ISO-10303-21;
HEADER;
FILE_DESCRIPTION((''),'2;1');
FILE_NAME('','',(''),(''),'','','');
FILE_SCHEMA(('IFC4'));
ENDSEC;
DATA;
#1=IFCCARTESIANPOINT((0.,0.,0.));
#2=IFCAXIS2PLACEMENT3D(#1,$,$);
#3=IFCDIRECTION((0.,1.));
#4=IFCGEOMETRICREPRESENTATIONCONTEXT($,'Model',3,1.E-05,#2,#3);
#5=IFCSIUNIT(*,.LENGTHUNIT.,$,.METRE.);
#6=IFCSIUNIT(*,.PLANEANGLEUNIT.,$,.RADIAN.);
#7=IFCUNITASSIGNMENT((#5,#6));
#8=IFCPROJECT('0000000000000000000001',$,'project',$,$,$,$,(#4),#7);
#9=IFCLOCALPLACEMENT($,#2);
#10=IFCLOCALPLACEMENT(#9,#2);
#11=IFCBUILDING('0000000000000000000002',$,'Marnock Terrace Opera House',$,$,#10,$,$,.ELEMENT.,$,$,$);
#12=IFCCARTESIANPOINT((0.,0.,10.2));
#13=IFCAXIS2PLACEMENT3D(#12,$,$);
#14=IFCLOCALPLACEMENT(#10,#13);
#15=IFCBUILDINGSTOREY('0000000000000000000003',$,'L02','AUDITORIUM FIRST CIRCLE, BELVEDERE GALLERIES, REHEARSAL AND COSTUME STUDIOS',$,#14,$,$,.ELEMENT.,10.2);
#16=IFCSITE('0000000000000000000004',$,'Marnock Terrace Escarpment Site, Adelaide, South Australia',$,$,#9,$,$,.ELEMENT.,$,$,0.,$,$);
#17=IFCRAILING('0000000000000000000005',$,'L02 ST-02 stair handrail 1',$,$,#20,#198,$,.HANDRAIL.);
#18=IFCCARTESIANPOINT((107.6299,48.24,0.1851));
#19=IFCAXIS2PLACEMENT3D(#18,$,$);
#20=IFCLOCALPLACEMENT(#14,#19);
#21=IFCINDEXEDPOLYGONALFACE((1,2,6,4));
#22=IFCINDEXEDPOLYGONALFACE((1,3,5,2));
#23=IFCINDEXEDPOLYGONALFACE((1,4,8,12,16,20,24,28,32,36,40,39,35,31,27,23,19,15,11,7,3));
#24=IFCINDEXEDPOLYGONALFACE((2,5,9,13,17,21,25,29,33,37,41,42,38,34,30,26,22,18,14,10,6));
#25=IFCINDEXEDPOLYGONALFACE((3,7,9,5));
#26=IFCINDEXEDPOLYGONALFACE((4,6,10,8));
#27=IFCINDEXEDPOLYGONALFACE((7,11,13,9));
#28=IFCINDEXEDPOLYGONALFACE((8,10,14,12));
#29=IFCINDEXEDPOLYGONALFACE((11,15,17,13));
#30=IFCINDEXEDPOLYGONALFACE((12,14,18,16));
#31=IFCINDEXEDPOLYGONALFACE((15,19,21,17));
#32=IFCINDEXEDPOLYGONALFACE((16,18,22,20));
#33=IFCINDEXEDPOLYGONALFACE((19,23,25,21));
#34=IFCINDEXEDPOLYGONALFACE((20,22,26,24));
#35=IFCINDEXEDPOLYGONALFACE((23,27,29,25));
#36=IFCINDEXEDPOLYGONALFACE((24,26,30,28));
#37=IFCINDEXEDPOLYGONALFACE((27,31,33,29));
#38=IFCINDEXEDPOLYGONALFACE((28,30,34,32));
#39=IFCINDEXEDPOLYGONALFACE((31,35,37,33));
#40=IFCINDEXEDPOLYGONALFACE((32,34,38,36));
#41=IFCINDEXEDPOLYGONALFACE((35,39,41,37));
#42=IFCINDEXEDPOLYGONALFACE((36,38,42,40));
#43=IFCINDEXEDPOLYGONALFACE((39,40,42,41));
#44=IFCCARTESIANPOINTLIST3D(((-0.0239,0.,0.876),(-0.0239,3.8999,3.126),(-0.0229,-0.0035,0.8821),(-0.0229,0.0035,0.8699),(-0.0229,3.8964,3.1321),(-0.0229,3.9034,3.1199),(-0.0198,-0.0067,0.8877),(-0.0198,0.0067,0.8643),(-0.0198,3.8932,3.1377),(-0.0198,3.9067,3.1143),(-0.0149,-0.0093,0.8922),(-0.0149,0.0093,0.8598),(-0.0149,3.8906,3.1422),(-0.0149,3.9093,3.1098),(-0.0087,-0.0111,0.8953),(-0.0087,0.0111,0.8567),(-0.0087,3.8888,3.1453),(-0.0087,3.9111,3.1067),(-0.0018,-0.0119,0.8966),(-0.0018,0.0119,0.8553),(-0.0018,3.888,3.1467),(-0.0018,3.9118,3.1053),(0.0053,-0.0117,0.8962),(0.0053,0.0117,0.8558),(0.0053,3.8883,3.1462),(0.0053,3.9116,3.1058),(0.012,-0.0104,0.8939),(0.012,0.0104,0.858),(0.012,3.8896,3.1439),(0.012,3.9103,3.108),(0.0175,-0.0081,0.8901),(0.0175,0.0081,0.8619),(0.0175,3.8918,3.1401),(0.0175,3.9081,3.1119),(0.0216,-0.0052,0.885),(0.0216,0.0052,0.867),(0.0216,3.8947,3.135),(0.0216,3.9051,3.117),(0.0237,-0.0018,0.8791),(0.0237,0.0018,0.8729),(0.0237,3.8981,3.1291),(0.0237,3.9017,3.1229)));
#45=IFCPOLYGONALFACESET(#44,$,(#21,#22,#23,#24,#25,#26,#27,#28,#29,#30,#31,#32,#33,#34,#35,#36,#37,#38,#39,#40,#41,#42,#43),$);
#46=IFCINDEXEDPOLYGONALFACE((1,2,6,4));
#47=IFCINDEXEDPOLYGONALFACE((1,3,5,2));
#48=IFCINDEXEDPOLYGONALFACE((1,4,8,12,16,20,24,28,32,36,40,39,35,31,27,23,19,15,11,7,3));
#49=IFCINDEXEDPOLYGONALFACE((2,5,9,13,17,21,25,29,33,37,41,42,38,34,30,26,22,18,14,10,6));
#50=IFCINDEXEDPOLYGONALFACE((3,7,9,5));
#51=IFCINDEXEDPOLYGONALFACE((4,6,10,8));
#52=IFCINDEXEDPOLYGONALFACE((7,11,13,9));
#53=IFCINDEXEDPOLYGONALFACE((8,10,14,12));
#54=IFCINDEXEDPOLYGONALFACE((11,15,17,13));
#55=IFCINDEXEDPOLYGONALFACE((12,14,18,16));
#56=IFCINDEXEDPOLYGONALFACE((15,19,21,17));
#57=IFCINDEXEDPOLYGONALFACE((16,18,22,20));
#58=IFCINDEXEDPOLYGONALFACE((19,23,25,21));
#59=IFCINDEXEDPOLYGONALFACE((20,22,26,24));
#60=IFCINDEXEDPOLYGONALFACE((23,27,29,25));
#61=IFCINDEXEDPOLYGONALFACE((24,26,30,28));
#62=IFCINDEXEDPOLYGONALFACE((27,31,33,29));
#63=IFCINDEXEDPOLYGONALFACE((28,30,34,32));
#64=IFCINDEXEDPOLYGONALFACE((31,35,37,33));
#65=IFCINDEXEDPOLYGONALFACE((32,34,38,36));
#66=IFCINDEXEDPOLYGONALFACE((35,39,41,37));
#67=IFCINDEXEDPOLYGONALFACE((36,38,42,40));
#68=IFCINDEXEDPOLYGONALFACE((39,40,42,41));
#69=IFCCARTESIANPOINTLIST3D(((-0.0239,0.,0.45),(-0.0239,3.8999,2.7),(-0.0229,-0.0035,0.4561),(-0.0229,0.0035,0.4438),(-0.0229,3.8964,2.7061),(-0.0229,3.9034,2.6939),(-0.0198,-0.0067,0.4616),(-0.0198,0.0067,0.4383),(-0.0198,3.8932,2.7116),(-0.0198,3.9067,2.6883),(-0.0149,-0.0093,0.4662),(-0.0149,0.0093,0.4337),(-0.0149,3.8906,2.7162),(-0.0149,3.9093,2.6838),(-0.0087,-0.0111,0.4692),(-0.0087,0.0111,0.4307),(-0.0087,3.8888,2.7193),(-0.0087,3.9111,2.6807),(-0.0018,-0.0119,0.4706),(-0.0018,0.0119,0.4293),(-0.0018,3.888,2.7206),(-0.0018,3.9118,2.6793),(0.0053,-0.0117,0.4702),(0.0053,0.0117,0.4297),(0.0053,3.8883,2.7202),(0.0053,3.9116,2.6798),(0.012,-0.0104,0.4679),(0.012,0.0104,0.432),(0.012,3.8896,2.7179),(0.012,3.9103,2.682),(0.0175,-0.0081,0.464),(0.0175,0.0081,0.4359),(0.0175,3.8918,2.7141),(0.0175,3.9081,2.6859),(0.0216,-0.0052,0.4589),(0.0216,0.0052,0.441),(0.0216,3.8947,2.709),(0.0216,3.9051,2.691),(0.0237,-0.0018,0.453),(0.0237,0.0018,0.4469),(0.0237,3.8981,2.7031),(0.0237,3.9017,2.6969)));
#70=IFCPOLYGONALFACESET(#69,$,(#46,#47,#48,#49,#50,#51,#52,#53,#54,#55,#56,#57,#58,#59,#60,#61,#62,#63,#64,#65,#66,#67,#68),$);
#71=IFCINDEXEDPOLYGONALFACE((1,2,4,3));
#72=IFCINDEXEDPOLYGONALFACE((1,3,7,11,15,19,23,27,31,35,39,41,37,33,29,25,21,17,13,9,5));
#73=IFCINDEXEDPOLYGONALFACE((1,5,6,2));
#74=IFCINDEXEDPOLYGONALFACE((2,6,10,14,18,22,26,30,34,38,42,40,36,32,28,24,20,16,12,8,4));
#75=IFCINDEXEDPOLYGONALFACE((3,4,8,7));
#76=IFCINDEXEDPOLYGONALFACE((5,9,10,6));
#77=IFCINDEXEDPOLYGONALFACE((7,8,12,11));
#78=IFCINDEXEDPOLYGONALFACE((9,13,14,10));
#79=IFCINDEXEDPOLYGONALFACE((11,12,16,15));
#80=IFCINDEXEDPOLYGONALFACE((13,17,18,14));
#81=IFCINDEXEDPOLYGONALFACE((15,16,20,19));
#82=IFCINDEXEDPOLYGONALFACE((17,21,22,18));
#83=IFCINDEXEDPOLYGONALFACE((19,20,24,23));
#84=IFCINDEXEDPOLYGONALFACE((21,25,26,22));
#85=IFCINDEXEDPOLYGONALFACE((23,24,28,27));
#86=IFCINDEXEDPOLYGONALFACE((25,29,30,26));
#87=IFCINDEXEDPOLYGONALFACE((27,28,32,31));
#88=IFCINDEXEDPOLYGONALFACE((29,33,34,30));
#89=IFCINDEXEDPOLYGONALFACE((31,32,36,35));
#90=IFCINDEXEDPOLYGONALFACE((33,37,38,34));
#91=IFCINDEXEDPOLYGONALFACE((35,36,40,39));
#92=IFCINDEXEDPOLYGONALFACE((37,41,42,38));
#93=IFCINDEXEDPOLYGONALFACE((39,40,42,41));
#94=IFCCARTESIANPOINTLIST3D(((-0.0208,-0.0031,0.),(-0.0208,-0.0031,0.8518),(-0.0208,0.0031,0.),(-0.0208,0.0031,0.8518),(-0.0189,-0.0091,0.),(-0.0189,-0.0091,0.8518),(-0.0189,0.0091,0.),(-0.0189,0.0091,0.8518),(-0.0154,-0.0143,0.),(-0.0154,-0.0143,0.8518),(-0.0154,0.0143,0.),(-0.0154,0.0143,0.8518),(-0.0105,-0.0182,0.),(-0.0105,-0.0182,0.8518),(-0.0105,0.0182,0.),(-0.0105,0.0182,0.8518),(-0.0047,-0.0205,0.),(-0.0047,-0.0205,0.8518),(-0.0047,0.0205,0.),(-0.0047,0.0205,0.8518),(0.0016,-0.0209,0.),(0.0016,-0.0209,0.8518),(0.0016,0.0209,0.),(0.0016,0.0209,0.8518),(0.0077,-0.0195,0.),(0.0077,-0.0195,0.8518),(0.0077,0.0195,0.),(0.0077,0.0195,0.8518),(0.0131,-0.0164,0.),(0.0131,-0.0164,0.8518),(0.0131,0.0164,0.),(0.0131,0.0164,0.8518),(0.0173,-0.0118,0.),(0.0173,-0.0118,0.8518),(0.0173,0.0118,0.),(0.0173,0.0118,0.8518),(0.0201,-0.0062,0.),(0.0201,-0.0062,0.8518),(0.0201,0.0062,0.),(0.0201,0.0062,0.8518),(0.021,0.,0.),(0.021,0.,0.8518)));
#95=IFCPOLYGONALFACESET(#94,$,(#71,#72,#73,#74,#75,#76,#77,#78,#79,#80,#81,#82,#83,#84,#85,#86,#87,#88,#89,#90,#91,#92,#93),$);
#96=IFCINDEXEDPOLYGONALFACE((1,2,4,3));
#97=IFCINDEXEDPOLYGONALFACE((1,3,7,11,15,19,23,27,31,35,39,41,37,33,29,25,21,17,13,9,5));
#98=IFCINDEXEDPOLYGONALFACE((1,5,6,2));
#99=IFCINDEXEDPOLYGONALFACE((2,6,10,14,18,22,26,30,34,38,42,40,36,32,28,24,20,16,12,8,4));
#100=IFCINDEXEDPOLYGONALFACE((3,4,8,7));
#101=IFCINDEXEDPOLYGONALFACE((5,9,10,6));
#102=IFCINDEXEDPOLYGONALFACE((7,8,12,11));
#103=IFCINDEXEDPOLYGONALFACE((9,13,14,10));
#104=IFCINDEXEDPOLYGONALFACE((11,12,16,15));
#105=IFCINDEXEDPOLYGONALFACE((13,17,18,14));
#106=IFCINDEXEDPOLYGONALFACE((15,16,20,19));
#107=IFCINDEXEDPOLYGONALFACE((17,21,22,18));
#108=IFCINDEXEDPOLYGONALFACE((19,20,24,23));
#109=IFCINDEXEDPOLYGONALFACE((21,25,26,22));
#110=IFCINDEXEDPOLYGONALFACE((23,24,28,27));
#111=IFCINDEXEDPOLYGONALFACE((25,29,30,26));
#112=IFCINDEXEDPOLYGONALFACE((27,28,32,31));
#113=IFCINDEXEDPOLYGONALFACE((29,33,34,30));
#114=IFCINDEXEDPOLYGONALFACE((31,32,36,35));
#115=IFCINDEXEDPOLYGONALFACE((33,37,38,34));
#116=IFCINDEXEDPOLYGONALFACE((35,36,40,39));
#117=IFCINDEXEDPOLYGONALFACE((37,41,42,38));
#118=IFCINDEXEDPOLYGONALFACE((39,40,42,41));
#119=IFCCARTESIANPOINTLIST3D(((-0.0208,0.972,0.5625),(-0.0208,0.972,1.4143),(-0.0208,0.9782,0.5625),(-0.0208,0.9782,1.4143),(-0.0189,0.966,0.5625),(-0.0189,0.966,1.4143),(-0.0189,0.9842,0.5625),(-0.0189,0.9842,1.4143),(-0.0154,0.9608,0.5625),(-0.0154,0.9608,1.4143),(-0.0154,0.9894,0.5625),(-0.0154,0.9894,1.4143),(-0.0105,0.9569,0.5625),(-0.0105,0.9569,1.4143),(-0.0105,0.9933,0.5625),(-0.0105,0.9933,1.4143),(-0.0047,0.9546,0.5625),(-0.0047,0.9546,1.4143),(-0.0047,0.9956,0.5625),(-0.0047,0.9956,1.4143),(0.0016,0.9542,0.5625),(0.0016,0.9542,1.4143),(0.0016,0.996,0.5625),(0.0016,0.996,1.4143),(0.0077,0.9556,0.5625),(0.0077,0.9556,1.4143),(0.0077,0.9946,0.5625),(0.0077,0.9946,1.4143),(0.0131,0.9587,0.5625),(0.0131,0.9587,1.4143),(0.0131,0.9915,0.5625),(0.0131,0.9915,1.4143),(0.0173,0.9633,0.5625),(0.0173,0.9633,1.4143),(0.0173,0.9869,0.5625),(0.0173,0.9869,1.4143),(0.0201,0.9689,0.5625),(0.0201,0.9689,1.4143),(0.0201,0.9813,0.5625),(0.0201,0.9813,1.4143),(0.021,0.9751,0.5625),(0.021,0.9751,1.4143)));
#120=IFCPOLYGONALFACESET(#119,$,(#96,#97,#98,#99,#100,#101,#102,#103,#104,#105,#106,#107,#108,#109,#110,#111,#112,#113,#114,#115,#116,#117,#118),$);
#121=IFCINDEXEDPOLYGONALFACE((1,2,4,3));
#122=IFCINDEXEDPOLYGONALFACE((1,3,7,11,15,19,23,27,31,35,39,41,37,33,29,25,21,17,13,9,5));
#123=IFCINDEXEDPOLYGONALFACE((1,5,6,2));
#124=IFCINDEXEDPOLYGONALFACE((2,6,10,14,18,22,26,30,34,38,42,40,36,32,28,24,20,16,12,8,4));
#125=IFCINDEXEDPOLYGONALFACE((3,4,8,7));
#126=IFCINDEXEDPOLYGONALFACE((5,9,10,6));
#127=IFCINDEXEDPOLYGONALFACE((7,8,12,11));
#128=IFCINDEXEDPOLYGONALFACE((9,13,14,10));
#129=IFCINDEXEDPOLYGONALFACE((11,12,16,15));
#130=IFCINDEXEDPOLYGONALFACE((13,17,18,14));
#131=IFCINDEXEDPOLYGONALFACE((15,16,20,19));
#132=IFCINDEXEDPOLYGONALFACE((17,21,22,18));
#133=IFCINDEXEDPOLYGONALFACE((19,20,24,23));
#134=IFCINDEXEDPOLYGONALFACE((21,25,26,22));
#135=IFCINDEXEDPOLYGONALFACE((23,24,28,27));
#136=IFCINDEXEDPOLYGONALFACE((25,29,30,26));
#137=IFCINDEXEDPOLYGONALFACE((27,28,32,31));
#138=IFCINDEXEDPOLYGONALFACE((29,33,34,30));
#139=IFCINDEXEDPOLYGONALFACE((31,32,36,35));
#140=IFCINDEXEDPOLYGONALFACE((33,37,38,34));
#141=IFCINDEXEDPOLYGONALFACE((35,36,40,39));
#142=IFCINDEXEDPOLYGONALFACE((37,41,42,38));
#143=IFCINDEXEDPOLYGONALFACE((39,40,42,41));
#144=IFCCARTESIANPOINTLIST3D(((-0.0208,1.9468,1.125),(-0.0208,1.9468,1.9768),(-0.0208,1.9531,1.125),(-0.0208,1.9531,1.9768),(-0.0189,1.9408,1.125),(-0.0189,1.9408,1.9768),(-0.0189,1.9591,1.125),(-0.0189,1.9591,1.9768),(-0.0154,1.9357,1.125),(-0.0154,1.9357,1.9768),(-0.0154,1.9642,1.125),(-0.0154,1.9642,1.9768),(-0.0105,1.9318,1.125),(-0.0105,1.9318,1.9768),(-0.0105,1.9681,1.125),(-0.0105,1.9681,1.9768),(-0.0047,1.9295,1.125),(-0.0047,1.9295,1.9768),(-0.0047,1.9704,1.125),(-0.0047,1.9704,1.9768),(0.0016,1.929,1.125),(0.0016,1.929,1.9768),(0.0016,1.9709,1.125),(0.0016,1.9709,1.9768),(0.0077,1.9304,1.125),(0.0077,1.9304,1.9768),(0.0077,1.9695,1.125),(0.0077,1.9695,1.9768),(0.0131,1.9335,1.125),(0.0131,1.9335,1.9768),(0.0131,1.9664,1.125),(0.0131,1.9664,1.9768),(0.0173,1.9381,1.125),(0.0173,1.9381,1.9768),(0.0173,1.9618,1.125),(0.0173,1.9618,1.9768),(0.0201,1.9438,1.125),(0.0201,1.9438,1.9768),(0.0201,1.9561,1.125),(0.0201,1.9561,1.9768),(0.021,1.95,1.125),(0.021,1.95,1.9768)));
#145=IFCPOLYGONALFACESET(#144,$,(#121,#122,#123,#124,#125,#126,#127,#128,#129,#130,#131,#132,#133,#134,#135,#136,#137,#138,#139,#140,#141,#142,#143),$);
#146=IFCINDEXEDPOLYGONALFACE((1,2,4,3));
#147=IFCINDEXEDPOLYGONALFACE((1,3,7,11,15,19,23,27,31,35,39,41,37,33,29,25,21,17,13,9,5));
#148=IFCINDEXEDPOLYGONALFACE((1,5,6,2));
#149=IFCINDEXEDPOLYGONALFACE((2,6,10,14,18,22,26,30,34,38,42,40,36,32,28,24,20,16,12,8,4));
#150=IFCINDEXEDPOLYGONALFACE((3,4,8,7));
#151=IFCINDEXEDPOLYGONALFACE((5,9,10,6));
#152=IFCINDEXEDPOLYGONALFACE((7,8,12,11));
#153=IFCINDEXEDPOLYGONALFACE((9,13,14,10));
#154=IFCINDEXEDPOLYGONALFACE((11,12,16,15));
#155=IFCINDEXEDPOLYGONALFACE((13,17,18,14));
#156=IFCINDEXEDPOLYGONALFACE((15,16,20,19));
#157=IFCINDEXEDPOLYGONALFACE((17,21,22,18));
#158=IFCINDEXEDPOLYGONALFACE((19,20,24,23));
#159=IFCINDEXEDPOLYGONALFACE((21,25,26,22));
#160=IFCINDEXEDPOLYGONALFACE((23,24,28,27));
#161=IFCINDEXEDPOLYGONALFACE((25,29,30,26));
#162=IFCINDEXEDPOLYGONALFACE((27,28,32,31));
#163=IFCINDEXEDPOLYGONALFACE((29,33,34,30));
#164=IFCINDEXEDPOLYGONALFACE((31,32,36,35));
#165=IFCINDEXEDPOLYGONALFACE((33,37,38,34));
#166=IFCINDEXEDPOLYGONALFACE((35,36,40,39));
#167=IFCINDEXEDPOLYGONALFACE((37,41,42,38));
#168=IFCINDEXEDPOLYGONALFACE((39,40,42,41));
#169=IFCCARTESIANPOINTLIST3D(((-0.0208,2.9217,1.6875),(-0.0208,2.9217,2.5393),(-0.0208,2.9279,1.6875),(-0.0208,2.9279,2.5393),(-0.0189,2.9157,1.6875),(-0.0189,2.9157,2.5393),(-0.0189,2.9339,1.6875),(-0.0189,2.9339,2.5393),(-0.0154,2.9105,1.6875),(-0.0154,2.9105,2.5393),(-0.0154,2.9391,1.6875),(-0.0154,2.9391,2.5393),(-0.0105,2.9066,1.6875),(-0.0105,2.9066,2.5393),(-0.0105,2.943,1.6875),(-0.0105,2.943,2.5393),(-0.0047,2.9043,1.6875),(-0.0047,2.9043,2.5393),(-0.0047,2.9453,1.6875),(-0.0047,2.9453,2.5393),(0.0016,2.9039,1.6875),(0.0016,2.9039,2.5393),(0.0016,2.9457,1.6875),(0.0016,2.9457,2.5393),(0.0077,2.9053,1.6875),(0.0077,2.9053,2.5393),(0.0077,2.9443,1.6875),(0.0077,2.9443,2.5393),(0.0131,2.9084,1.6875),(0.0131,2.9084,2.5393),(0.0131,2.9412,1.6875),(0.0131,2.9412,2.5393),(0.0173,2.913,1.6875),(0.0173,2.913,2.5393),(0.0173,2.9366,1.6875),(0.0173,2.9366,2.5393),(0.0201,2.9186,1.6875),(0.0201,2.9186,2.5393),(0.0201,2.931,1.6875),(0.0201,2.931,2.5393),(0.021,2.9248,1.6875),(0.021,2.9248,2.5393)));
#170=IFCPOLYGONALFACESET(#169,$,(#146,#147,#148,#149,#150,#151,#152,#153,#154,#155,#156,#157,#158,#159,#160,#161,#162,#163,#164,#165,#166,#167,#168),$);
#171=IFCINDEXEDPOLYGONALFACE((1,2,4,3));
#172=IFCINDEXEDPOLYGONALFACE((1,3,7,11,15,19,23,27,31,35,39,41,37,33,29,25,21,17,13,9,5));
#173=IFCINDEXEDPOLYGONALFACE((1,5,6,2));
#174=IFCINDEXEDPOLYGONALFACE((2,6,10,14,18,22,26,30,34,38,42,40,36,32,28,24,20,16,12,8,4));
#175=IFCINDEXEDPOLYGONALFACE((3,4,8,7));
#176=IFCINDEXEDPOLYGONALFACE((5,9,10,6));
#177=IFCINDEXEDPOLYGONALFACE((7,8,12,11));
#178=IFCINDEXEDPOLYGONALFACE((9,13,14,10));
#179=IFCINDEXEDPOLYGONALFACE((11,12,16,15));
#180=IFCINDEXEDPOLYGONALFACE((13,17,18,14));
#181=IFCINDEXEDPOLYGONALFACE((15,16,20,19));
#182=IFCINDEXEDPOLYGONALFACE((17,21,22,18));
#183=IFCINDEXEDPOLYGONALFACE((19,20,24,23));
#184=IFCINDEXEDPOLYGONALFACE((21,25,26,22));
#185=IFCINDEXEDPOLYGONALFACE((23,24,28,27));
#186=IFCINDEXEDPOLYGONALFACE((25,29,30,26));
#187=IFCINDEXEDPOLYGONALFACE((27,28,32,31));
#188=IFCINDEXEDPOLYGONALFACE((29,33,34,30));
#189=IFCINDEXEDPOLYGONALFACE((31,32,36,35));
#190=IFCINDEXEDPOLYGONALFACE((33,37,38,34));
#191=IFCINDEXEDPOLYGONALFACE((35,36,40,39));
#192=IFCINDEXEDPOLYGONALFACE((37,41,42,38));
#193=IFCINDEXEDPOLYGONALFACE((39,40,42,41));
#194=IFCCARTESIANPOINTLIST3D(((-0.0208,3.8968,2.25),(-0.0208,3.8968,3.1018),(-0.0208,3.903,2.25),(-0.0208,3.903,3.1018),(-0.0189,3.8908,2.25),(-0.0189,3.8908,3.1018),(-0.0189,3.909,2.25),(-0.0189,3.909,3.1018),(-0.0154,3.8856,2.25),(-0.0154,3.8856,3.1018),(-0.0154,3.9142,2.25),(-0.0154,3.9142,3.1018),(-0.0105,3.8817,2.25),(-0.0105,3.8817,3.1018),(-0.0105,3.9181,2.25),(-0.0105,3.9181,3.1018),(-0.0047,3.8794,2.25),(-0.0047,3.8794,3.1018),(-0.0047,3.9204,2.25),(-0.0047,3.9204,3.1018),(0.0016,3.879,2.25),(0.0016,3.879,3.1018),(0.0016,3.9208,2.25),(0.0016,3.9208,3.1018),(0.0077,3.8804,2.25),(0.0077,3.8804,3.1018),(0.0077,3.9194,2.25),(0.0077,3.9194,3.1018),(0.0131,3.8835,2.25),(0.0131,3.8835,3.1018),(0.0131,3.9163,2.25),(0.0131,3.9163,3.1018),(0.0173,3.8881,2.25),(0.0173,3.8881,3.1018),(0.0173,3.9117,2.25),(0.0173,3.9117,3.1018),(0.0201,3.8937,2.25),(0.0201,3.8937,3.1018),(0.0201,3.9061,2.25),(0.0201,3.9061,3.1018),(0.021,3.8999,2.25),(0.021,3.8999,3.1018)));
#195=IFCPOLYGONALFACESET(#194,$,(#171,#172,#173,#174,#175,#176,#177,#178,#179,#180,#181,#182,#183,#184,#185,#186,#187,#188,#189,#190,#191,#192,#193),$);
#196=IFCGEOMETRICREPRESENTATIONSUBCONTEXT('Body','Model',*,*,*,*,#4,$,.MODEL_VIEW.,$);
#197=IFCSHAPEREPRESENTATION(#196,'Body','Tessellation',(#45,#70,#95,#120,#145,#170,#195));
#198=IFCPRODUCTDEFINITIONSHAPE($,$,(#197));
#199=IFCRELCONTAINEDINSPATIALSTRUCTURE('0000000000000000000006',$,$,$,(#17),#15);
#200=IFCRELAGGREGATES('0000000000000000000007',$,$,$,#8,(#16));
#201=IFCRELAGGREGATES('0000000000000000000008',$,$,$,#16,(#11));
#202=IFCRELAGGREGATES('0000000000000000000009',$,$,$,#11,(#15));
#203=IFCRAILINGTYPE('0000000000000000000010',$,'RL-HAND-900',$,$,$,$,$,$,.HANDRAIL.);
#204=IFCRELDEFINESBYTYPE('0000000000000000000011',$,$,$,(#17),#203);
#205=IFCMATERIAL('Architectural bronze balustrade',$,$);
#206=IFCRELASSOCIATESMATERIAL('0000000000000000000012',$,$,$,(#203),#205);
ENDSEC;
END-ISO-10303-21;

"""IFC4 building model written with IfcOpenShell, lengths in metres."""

from ifc_helpers import new_model, si_unit, direction, frame, origin, origin_2d, place, context, subcontext, project, spatial, circle, extrude, material, type_object, element, save


model = new_model("IFC4")

# Units and contexts
model_context = context("Model", 3, precision=1e-05, world=origin(), true_north=direction((0.0, 1.0)))
body_context = subcontext(model_context, "Body", "Model", "MODEL_VIEW")
ifc_project = project(units=[si_unit("LENGTHUNIT", "METRE"), si_unit("PLANEANGLEUNIT", "RADIAN")], contexts=[model_context])

# Site, building, storey
site_placement = place(None, origin())
site = spatial("IfcSite", under=ifc_project, at=site_placement, Name="Marnock Terrace Escarpment Site, Adelaide, South Australia", CompositionType="ELEMENT", RefElevation=0.0)
building_placement = place(site_placement, origin())
building = spatial("IfcBuilding", under=site, at=building_placement, Name="Marnock Terrace Opera House", CompositionType="ELEMENT")
storey_placement = place(building_placement, frame((0.0, 0.0, 10.2)))
storey = spatial("IfcBuildingStorey", under=building, at=storey_placement, Name="L02", Description="AUDITORIUM FIRST CIRCLE, BELVEDERE GALLERIES, REHEARSAL AND COSTUME STUDIOS", CompositionType="ELEMENT", Elevation=10.2)

# Railing
ifc_material_1 = material(Name="Architectural bronze balustrade")
railing_type_1 = type_object("IfcRailingType", Name="RL-HAND-900", PredefinedType="HANDRAIL", material=ifc_material_1)
railing_1_placement = place(storey_placement, frame((107.6299, 48.24, 0.1851)))
element("IfcRailing", 1, at=railing_1_placement, inside=storey, type_object=railing_type_1, Name="L02 ST-02 stair handrail 1", PredefinedType="HANDRAIL", context=body_context, shape_type="SweptSolid", body=[
    extrude(circle(Radius=0.0239, at=origin_2d()), frame((0.0, 0.0, 0.876), z_axis=(0.0, 0.86618, 0.499732), x_axis=(-1.0, 0.0, 0.0)), (0.0, 0.0, 1.0), 4.5024),
    extrude(circle(Radius=0.0239, at=origin_2d()), frame((0.0, 0.0, 0.45), z_axis=(0.0, 0.86618, 0.499732), x_axis=(-1.0, 0.0, 0.0)), (0.0, 0.0, 1.0), 4.5024),
    extrude(circle(Radius=0.021, at=origin_2d()), origin(), (0.0, 0.0, 1.0), 0.8518),
    extrude(circle(Radius=0.021, at=origin_2d()), frame((0.0, 0.9751, 0.5625)), (0.0, 0.0, 1.0), 0.8518),
    extrude(circle(Radius=0.021, at=origin_2d()), frame((0.0, 1.95, 1.125)), (0.0, 0.0, 1.0), 0.8518),
    extrude(circle(Radius=0.021, at=origin_2d()), frame((0.0, 2.9248, 1.6875)), (0.0, 0.0, 1.0), 0.8518),
    extrude(circle(Radius=0.021, at=origin_2d()), frame((0.0, 3.8999, 2.25)), (0.0, 0.0, 1.0), 0.8518),
])

save(model, "model.ifc")
